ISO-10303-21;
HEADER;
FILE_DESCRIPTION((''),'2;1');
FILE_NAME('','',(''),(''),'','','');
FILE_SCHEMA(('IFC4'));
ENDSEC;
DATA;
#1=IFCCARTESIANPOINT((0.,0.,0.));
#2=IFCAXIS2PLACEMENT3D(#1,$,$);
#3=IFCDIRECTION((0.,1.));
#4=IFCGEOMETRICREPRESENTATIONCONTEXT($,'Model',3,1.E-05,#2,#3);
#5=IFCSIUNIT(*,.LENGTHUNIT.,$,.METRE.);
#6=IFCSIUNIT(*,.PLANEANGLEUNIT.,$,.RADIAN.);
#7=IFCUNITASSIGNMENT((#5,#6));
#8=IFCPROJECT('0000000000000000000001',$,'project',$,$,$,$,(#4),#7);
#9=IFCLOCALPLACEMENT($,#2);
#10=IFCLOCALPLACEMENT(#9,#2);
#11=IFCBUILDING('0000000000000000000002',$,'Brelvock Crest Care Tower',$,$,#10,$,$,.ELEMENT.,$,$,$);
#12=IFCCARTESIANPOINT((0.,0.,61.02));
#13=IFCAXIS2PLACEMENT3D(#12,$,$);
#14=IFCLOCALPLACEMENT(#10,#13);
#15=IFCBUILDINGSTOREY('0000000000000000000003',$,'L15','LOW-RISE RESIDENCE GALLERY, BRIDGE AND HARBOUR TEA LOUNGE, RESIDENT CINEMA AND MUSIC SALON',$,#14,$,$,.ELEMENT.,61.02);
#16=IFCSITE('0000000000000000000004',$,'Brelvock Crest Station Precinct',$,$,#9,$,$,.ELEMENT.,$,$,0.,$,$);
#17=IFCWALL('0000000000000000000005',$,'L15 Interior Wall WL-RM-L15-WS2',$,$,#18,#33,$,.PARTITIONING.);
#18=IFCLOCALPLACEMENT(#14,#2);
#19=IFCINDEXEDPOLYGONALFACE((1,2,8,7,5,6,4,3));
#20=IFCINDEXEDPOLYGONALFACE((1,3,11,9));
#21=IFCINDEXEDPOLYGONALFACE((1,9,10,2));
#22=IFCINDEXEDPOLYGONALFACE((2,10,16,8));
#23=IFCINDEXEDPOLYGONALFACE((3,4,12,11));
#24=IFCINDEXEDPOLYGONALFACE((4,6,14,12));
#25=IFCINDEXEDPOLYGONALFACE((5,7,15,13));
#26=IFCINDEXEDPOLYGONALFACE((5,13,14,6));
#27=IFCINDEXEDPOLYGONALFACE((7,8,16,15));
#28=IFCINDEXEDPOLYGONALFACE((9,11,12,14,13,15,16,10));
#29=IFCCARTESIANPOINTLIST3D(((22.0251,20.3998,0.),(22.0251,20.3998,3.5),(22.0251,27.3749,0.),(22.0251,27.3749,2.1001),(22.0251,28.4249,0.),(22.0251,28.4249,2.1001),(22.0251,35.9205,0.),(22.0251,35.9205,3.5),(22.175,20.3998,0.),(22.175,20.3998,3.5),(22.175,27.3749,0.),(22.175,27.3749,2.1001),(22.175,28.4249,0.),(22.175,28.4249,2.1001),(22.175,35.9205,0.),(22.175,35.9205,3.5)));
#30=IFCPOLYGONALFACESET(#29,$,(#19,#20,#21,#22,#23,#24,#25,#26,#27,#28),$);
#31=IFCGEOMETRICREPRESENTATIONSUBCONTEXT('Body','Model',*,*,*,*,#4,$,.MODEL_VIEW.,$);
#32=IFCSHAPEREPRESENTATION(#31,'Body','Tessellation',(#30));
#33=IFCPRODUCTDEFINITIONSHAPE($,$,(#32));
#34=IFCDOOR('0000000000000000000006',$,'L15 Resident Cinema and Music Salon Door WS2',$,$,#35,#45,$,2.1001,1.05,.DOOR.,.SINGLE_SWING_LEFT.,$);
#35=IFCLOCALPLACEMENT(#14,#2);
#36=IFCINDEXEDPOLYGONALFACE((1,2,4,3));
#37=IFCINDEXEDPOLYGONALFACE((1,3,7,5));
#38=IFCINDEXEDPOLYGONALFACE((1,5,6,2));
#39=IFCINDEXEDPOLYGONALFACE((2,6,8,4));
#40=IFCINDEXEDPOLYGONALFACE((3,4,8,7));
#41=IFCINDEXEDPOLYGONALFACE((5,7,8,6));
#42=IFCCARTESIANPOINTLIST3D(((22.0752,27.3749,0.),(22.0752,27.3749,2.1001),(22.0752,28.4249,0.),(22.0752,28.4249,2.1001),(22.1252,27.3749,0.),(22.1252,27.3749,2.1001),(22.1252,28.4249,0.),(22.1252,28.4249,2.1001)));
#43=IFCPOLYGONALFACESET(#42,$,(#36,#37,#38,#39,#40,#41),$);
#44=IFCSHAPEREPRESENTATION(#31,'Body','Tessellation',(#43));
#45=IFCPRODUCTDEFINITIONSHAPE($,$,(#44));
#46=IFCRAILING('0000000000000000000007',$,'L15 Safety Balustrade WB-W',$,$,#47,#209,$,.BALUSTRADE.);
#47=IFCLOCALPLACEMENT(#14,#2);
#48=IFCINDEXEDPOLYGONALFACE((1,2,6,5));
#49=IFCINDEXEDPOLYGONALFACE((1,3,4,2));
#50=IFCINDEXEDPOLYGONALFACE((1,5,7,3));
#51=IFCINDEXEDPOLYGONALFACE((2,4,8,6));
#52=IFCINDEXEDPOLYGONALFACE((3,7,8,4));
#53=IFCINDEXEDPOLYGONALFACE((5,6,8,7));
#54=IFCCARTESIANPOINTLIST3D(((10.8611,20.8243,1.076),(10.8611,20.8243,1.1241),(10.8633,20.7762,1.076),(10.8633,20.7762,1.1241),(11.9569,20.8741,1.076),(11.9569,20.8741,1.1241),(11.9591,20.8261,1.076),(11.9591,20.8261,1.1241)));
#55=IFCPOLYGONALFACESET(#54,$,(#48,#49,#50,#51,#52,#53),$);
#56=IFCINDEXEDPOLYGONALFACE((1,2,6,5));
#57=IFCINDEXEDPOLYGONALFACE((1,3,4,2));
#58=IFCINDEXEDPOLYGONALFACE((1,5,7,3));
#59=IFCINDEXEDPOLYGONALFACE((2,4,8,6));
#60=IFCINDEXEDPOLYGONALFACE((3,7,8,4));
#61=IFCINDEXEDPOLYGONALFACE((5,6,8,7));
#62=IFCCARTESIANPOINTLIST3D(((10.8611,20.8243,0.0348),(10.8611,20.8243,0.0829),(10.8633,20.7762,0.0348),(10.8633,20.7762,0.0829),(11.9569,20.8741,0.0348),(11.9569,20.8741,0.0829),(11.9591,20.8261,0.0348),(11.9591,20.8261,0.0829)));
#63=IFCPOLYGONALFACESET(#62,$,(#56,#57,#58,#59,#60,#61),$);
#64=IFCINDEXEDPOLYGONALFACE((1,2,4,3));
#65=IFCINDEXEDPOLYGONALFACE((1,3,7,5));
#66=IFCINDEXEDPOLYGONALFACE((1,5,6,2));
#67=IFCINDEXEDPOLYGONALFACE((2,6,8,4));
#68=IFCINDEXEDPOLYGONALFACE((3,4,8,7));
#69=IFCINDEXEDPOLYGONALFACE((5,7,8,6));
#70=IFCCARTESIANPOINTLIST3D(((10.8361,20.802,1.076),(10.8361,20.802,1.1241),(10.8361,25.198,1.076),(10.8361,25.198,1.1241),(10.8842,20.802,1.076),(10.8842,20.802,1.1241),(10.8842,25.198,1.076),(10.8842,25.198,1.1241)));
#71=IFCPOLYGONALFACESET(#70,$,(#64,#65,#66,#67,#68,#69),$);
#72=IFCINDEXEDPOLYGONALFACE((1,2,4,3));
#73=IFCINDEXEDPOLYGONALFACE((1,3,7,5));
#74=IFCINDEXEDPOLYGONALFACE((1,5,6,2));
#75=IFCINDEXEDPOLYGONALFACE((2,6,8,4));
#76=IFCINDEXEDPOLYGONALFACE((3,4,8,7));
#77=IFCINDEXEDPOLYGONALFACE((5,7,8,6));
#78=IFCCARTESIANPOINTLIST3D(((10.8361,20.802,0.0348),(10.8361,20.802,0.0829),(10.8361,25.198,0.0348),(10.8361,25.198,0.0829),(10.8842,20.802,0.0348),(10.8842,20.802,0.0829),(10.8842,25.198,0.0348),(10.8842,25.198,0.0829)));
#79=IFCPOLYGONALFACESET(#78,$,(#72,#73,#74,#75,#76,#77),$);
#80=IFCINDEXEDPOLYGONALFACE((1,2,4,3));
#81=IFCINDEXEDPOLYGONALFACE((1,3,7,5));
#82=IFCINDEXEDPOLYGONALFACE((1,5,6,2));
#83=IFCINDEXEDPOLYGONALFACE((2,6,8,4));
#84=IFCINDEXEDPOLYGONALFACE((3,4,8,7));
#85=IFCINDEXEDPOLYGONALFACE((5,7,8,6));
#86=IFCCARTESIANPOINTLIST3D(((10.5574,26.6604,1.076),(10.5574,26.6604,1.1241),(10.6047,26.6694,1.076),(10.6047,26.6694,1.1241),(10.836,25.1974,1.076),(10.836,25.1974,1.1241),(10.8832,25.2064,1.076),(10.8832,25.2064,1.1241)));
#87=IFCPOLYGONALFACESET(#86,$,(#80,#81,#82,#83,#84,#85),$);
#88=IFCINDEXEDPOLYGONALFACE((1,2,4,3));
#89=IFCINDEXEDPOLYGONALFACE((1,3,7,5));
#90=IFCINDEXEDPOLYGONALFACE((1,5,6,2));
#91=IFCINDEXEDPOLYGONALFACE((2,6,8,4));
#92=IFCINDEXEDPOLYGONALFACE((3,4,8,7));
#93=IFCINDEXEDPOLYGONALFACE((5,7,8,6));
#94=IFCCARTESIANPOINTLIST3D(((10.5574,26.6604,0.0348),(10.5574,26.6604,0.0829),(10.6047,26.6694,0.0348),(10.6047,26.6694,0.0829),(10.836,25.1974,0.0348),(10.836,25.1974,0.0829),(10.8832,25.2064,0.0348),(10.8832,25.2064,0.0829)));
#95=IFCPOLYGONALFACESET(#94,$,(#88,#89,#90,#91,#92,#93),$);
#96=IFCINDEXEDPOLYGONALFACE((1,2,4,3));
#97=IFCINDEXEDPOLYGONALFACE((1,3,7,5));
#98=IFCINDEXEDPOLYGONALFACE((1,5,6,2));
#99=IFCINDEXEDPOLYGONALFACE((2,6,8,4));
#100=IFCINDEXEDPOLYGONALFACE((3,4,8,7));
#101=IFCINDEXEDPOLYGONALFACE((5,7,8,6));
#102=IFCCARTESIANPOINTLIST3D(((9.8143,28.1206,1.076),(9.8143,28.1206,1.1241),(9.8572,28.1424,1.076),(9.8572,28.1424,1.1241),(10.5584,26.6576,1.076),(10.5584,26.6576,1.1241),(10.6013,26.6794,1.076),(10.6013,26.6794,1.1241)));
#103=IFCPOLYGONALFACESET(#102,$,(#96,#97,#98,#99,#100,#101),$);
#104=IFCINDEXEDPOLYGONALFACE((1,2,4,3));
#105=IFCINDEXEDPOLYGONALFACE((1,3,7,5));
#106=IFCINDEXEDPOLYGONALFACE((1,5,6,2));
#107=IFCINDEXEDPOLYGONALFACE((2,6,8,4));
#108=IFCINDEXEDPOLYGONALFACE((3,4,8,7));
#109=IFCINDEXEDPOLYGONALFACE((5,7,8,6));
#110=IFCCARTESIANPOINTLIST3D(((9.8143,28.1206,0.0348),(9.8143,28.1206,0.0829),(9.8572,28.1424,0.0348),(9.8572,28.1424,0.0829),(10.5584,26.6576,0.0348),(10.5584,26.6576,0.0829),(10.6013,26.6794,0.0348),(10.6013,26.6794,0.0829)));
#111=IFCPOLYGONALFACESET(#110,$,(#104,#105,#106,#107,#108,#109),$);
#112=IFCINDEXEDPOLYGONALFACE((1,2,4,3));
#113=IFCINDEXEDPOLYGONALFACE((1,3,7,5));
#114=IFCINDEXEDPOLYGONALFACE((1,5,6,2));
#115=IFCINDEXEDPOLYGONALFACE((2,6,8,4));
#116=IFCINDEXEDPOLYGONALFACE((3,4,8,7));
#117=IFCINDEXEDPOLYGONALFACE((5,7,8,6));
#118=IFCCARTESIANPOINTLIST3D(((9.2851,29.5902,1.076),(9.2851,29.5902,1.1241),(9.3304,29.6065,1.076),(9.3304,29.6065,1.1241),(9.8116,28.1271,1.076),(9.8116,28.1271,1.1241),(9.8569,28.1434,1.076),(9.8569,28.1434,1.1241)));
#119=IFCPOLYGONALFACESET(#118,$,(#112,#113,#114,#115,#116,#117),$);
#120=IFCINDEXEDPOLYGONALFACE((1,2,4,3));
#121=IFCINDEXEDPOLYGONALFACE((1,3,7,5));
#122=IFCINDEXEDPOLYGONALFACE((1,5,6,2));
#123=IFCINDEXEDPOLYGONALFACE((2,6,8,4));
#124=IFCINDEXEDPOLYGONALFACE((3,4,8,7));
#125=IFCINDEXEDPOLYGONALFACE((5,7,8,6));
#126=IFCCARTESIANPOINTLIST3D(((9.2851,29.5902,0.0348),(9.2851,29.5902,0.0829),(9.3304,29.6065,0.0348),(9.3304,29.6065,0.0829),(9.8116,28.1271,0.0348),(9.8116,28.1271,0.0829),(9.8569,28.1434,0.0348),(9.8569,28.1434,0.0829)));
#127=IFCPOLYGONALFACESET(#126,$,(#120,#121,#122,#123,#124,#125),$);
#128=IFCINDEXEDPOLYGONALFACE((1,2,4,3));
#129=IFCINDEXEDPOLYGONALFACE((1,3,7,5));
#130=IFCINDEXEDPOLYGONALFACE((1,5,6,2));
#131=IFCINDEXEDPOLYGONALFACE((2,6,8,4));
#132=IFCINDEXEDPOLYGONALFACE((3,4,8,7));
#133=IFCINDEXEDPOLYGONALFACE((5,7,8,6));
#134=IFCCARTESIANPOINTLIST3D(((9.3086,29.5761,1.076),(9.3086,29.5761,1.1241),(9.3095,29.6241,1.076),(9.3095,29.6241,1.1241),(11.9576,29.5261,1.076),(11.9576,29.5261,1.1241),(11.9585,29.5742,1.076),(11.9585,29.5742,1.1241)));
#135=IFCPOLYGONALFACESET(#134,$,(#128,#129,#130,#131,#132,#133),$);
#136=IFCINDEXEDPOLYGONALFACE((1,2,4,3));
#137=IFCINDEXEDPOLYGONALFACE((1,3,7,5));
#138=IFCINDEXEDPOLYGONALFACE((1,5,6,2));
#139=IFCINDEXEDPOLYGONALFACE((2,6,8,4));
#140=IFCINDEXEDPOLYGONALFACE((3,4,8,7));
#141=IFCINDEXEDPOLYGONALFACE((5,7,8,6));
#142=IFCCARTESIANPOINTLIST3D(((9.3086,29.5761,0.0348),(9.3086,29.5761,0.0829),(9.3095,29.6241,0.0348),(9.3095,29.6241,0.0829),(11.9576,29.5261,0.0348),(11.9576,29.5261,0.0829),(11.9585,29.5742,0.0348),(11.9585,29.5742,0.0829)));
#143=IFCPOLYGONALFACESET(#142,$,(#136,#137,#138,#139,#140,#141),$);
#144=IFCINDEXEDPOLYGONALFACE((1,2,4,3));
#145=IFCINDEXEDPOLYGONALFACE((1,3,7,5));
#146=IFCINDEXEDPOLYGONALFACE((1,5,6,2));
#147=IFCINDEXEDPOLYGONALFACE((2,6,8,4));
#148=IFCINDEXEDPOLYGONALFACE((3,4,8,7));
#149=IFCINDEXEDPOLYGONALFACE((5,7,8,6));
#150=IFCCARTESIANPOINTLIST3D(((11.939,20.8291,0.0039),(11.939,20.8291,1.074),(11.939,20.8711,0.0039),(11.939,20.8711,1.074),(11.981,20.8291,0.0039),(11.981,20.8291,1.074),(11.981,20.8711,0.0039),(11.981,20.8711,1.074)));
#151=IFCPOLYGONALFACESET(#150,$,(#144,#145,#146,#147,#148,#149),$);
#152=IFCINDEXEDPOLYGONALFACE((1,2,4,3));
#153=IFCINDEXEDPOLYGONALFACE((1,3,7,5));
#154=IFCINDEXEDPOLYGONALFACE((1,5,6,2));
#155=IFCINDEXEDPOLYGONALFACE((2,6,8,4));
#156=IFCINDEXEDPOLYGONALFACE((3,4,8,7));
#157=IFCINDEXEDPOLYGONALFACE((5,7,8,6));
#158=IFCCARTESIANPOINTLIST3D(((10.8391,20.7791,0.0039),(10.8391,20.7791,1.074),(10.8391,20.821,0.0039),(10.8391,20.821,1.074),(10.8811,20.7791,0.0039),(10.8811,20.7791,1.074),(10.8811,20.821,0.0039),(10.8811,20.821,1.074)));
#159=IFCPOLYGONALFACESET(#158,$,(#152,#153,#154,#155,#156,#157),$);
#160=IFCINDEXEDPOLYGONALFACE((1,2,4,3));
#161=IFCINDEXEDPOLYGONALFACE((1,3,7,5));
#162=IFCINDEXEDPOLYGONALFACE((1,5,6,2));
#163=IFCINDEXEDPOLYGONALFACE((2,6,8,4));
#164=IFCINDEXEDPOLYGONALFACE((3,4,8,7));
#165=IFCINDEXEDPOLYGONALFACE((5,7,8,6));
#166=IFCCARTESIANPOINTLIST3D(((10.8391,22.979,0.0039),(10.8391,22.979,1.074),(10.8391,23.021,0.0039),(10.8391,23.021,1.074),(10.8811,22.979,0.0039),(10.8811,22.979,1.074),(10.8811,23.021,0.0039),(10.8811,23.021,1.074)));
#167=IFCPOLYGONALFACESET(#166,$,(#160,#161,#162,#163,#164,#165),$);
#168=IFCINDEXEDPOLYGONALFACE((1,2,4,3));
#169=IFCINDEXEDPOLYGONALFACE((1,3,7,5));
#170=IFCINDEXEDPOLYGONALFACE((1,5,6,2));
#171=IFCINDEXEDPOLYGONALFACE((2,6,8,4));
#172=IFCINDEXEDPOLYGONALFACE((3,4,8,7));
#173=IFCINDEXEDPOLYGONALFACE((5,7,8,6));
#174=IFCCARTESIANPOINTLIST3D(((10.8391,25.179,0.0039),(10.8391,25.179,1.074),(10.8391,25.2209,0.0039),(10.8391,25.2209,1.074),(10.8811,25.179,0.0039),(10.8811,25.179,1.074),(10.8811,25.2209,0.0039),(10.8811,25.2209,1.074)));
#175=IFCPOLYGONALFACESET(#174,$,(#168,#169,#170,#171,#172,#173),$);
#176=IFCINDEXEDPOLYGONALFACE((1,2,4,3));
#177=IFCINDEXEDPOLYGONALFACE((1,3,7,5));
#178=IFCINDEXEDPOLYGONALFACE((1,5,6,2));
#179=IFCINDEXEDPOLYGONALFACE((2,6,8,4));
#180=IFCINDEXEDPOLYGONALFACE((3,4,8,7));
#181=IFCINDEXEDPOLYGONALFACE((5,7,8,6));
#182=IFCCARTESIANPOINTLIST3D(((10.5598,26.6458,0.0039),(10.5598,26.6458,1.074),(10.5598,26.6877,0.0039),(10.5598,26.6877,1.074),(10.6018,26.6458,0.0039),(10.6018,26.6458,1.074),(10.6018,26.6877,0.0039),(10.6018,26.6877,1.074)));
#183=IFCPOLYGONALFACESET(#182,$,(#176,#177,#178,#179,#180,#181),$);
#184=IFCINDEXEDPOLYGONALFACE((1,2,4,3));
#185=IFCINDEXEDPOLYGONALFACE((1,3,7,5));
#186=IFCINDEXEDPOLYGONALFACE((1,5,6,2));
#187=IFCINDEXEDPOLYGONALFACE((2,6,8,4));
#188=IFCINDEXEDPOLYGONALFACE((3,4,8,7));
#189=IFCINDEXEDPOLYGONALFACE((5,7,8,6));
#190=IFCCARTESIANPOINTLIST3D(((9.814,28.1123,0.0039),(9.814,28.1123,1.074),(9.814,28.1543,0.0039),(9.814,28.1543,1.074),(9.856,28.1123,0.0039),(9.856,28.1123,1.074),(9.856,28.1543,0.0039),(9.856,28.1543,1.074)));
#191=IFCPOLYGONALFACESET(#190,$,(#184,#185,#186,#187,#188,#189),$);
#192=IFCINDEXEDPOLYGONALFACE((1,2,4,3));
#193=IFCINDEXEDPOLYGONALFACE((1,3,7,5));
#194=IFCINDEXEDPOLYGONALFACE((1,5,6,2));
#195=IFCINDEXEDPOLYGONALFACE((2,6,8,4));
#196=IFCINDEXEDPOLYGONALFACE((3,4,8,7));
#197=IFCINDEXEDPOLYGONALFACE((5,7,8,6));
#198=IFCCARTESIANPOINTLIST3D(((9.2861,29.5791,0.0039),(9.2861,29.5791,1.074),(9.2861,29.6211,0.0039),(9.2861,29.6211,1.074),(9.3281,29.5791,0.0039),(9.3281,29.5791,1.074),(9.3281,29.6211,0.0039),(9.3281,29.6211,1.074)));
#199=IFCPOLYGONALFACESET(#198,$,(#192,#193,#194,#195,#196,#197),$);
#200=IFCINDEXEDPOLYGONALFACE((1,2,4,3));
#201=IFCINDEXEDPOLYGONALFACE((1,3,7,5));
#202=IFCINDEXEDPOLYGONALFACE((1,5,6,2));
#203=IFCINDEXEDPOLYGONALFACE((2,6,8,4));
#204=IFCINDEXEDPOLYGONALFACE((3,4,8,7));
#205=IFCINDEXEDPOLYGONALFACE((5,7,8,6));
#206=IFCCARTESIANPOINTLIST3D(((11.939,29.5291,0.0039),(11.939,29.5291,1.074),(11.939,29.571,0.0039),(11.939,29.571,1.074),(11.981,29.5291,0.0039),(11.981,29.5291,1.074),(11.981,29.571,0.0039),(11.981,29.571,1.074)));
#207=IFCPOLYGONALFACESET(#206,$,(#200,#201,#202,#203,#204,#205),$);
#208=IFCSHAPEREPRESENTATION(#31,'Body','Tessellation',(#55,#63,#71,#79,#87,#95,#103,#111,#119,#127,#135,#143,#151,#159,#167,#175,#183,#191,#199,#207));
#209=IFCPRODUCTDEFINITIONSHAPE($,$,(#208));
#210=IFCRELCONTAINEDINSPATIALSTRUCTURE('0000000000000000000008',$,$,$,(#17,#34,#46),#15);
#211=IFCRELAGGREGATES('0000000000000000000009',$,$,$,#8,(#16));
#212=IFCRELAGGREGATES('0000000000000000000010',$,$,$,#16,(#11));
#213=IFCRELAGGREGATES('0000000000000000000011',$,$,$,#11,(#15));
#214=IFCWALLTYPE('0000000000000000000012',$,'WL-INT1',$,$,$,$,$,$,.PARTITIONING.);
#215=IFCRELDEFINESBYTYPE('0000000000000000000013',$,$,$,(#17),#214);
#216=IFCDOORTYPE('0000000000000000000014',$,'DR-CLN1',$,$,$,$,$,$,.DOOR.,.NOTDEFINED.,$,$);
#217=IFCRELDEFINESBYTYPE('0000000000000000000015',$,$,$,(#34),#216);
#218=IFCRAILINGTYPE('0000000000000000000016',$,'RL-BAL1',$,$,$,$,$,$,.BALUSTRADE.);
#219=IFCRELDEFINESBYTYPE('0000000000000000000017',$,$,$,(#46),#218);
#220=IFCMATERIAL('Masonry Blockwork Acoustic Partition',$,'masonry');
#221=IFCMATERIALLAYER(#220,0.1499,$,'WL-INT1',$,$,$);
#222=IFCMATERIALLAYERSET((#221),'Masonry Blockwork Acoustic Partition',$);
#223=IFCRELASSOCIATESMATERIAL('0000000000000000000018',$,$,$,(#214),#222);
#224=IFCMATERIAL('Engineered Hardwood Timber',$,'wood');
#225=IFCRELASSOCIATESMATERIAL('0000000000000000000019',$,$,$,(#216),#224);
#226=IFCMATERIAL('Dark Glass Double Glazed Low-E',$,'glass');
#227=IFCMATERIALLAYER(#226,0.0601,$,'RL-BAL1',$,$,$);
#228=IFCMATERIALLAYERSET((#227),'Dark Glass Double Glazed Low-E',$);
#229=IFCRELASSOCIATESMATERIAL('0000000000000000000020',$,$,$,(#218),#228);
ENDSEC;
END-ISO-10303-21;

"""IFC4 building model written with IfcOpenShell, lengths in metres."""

from ifc_helpers import new_model, si_unit, direction, frame, frame_2d, origin, origin_2d, place, context, subcontext, project, spatial, rectangle, extrude, source, transform, mapped, material, layer, layer_set, type_object, element, fill, save


model = new_model("IFC4")

# Units and contexts
model_context = context("Model", 3, precision=1e-05, world=origin(), true_north=direction((0.0, 1.0)))
body_context = subcontext(model_context, "Body", "Model", "MODEL_VIEW")
ifc_project = project(units=[si_unit("LENGTHUNIT", "METRE"), si_unit("PLANEANGLEUNIT", "RADIAN")], contexts=[model_context])

# Site, building, storey
site_placement = place(None, origin())
site = spatial("IfcSite", under=ifc_project, at=site_placement, Name="Brelvock Crest Station Precinct", CompositionType="ELEMENT", RefElevation=0.0)
building_placement = place(site_placement, origin())
building = spatial("IfcBuilding", under=site, at=building_placement, Name="Brelvock Crest Care Tower", CompositionType="ELEMENT")
storey_placement = place(building_placement, frame((0.0, 0.0, 61.02)))
storey = spatial("IfcBuildingStorey", under=building, at=storey_placement, Name="L15", Description="LOW-RISE RESIDENCE GALLERY, BRIDGE AND HARBOUR TEA LOUNGE, RESIDENT CINEMA AND MUSIC SALON", CompositionType="ELEMENT", Elevation=61.02)

# Shared definitions
ifc_material_1 = material(Name="Dark Glass Double Glazed Low-E", Category="glass")

# Shared definitions
ifc_material_2 = material(Name="Masonry Blockwork Acoustic Partition", Category="masonry")
ifc_layer_1 = layer(ifc_material_2, 0.1499, Name="WL-INT1")
ifc_layer_set_1 = layer_set([ifc_layer_1], Name="Masonry Blockwork Acoustic Partition")
wall_type = type_object("IfcWallType", Name="WL-INT1", PredefinedType="PARTITIONING", material=ifc_layer_set_1)

# Wall, opening, door
wall_1_placement = place(storey_placement, frame((22.1001, 20.3999, 0.0), z_axis=(0.0, 0.0, 1.0), x_axis=(0.0, 1.0, 0.0)))
wall_1 = element("IfcWall", 1, at=wall_1_placement, inside=storey, type_object=wall_type, Name="L15 Interior Wall WL-RM-L15-WS2", PredefinedType="PARTITIONING", context=body_context, shape_type="SweptSolid", body=[
    extrude(rectangle(XDim=15.5208, YDim=0.1499, at=frame_2d((7.7603, 0.0))), origin(), (0.0, 0.0, 1.0), 3.5),
])
opening_placement = place(wall_1_placement, frame((6.9751, 0.0, 0.0)))
opening = element("IfcOpeningElement", 2, at=opening_placement, cuts=wall_1, PredefinedType="OPENING", context=body_context, shape_type="SweptSolid", body=[
    extrude(rectangle(XDim=1.05, YDim=2.1001, at=origin_2d()), frame((0.5249, 0.085, 1.05), z_axis=(0.0, -1.0, 0.0), x_axis=(1.0, 0.0, 0.0)), (0.0, 0.0, 1.0), 0.1699),
])
ifc_material_3 = material(Name="Engineered Hardwood Timber", Category="wood")
door_type = type_object("IfcDoorType", Name="DR-CLN1", OperationType="NOTDEFINED", PredefinedType="DOOR", material=ifc_material_3)
shared_shape_1 = source(origin(), body_context, "Body", "SweptSolid", [
    extrude(rectangle(XDim=1.05, YDim=2.1001, at=origin_2d()), frame((0.5249, 0.0249, 1.05), z_axis=(0.0, -1.0, 0.0), x_axis=(1.0, 0.0, 0.0)), (0.0, 0.0, 1.0), 0.05),
])
door_placement = place(opening_placement, origin())
door = element("IfcDoor", 3, at=door_placement, inside=storey, type_object=door_type, Name="L15 Resident Cinema and Music Salon Door WS2", OperationType="SINGLE_SWING_LEFT", OverallHeight=2.1001, OverallWidth=1.05, PredefinedType="DOOR", context=body_context, shape_type="MappedRepresentation", body=[
    mapped(shared_shape_1, transform((0.0, 0.0, 0.0), x_axis=(1.0, 0.0, 0.0), y_axis=(0.0, 1.0, 0.0), z_axis=(0.0, 0.0, 1.0), scale=1.0)),
])
fill(opening, door)

# Railing
ifc_layer_2 = layer(ifc_material_1, 0.0601, Name="RL-BAL1")
ifc_layer_set_2 = layer_set([ifc_layer_2], Name="Dark Glass Double Glazed Low-E")
railing_type = type_object("IfcRailingType", Name="RL-BAL1", PredefinedType="BALUSTRADE", material=ifc_layer_set_2)
railing_placement = place(storey_placement, frame((11.96, 20.8501, 0.0039)))
element("IfcRailing", 4, at=railing_placement, inside=storey, type_object=railing_type, Name="L15 Safety Balustrade WB-W", PredefinedType="BALUSTRADE", context=body_context, shape_type="SweptSolid", body=[
    extrude(rectangle(XDim=0.0481, YDim=0.0481, at=origin_2d()), frame((-0.002, 0.0, 1.0962), z_axis=(-0.998966, -0.045458, 0.0), x_axis=(0.045458, -0.998966, 0.0)), (0.0, 0.0, 1.0), 1.0969),
    extrude(rectangle(XDim=0.0481, YDim=0.0481, at=origin_2d()), frame((-0.002, 0.0, 0.0549), z_axis=(-0.998966, -0.045458, 0.0), x_axis=(0.045458, -0.998966, 0.0)), (0.0, 0.0, 1.0), 1.0969),
    extrude(rectangle(XDim=0.0481, YDim=0.0481, at=origin_2d()), frame((-1.0999, -0.0481, 1.0962), z_axis=(0.0, 1.0, 0.0), x_axis=(-1.0, 0.0, 0.0)), (0.0, 0.0, 1.0), 4.396),
    extrude(rectangle(XDim=0.0481, YDim=0.0481, at=origin_2d()), frame((-1.0999, -0.0481, 0.0549), z_axis=(0.0, 1.0, 0.0), x_axis=(-1.0, 0.0, 0.0)), (0.0, 0.0, 1.0), 4.396),
    extrude(rectangle(XDim=0.0481, YDim=0.0481, at=origin_2d()), frame((-1.1003, 4.3518, 1.0962), z_axis=(-0.187052, 0.98235, 0.0), x_axis=(-0.98235, -0.187052, 0.0)), (0.0, 0.0, 1.0), 1.4893),
    extrude(rectangle(XDim=0.0481, YDim=0.0481, at=origin_2d()), frame((-1.1003, 4.3518, 0.0549), z_axis=(-0.187052, 0.98235, 0.0), x_axis=(-0.98235, -0.187052, 0.0)), (0.0, 0.0, 1.0), 1.4893),
    extrude(rectangle(XDim=0.0481, YDim=0.0481, at=origin_2d()), frame((-1.3801, 5.8184, 1.0962), z_axis=(-0.453317, 0.89135, 0.0), x_axis=(-0.89135, -0.453317, 0.0)), (0.0, 0.0, 1.0), 1.6414),
    extrude(rectangle(XDim=0.0481, YDim=0.0481, at=origin_2d()), frame((-1.3801, 5.8184, 0.0549), z_axis=(-0.453317, 0.89135, 0.0), x_axis=(-0.89135, -0.453317, 0.0)), (0.0, 0.0, 1.0), 1.6414),
    extrude(rectangle(XDim=0.0481, YDim=0.0481, at=origin_2d()), frame((-2.1257, 7.2852, 1.0962), z_axis=(-0.338597, 0.940931, 0.0), x_axis=(-0.940931, -0.338597, 0.0)), (0.0, 0.0, 1.0), 1.5549),
    extrude(rectangle(XDim=0.0481, YDim=0.0481, at=origin_2d()), frame((-2.1257, 7.2852, 0.0549), z_axis=(-0.338597, 0.940931, 0.0), x_axis=(-0.940931, -0.338597, 0.0)), (0.0, 0.0, 1.0), 1.5549),
    extrude(rectangle(XDim=0.0481, YDim=0.0481, at=origin_2d()), frame((-2.6509, 8.75, 1.0962), z_axis=(0.999822, -0.018863, 0.0), x_axis=(0.018863, 0.999822, 0.0)), (0.0, 0.0, 1.0), 2.6494),
    extrude(rectangle(XDim=0.0481, YDim=0.0481, at=origin_2d()), frame((-2.6509, 8.75, 0.0549), z_axis=(0.999822, -0.018863, 0.0), x_axis=(0.018863, 0.999822, 0.0)), (0.0, 0.0, 1.0), 2.6494),
    extrude(rectangle(XDim=0.042, YDim=0.042, at=origin_2d()), origin(), (0.0, 0.0, 1.0), 1.0701),
    extrude(rectangle(XDim=0.042, YDim=0.042, at=origin_2d()), frame((-1.0999, -0.05, 0.0)), (0.0, 0.0, 1.0), 1.0701),
    extrude(rectangle(XDim=0.042, YDim=0.042, at=origin_2d()), frame((-1.0999, 2.1499, 0.0)), (0.0, 0.0, 1.0), 1.0701),
    extrude(rectangle(XDim=0.042, YDim=0.042, at=origin_2d()), frame((-1.0999, 4.3499, 0.0)), (0.0, 0.0, 1.0), 1.0701),
    extrude(rectangle(XDim=0.042, YDim=0.042, at=origin_2d()), frame((-1.3792, 5.8167, 0.0)), (0.0, 0.0, 1.0), 1.0701),
    extrude(rectangle(XDim=0.042, YDim=0.042, at=origin_2d()), frame((-2.125, 7.2832, 0.0)), (0.0, 0.0, 1.0), 1.0701),
    extrude(rectangle(XDim=0.042, YDim=0.042, at=origin_2d()), frame((-2.6528, 8.75, 0.0)), (0.0, 0.0, 1.0), 1.0701),
    extrude(rectangle(XDim=0.042, YDim=0.042, at=origin_2d()), frame((0.0, 8.7, 0.0)), (0.0, 0.0, 1.0), 1.0701),
])

save(model, "model.ifc")
